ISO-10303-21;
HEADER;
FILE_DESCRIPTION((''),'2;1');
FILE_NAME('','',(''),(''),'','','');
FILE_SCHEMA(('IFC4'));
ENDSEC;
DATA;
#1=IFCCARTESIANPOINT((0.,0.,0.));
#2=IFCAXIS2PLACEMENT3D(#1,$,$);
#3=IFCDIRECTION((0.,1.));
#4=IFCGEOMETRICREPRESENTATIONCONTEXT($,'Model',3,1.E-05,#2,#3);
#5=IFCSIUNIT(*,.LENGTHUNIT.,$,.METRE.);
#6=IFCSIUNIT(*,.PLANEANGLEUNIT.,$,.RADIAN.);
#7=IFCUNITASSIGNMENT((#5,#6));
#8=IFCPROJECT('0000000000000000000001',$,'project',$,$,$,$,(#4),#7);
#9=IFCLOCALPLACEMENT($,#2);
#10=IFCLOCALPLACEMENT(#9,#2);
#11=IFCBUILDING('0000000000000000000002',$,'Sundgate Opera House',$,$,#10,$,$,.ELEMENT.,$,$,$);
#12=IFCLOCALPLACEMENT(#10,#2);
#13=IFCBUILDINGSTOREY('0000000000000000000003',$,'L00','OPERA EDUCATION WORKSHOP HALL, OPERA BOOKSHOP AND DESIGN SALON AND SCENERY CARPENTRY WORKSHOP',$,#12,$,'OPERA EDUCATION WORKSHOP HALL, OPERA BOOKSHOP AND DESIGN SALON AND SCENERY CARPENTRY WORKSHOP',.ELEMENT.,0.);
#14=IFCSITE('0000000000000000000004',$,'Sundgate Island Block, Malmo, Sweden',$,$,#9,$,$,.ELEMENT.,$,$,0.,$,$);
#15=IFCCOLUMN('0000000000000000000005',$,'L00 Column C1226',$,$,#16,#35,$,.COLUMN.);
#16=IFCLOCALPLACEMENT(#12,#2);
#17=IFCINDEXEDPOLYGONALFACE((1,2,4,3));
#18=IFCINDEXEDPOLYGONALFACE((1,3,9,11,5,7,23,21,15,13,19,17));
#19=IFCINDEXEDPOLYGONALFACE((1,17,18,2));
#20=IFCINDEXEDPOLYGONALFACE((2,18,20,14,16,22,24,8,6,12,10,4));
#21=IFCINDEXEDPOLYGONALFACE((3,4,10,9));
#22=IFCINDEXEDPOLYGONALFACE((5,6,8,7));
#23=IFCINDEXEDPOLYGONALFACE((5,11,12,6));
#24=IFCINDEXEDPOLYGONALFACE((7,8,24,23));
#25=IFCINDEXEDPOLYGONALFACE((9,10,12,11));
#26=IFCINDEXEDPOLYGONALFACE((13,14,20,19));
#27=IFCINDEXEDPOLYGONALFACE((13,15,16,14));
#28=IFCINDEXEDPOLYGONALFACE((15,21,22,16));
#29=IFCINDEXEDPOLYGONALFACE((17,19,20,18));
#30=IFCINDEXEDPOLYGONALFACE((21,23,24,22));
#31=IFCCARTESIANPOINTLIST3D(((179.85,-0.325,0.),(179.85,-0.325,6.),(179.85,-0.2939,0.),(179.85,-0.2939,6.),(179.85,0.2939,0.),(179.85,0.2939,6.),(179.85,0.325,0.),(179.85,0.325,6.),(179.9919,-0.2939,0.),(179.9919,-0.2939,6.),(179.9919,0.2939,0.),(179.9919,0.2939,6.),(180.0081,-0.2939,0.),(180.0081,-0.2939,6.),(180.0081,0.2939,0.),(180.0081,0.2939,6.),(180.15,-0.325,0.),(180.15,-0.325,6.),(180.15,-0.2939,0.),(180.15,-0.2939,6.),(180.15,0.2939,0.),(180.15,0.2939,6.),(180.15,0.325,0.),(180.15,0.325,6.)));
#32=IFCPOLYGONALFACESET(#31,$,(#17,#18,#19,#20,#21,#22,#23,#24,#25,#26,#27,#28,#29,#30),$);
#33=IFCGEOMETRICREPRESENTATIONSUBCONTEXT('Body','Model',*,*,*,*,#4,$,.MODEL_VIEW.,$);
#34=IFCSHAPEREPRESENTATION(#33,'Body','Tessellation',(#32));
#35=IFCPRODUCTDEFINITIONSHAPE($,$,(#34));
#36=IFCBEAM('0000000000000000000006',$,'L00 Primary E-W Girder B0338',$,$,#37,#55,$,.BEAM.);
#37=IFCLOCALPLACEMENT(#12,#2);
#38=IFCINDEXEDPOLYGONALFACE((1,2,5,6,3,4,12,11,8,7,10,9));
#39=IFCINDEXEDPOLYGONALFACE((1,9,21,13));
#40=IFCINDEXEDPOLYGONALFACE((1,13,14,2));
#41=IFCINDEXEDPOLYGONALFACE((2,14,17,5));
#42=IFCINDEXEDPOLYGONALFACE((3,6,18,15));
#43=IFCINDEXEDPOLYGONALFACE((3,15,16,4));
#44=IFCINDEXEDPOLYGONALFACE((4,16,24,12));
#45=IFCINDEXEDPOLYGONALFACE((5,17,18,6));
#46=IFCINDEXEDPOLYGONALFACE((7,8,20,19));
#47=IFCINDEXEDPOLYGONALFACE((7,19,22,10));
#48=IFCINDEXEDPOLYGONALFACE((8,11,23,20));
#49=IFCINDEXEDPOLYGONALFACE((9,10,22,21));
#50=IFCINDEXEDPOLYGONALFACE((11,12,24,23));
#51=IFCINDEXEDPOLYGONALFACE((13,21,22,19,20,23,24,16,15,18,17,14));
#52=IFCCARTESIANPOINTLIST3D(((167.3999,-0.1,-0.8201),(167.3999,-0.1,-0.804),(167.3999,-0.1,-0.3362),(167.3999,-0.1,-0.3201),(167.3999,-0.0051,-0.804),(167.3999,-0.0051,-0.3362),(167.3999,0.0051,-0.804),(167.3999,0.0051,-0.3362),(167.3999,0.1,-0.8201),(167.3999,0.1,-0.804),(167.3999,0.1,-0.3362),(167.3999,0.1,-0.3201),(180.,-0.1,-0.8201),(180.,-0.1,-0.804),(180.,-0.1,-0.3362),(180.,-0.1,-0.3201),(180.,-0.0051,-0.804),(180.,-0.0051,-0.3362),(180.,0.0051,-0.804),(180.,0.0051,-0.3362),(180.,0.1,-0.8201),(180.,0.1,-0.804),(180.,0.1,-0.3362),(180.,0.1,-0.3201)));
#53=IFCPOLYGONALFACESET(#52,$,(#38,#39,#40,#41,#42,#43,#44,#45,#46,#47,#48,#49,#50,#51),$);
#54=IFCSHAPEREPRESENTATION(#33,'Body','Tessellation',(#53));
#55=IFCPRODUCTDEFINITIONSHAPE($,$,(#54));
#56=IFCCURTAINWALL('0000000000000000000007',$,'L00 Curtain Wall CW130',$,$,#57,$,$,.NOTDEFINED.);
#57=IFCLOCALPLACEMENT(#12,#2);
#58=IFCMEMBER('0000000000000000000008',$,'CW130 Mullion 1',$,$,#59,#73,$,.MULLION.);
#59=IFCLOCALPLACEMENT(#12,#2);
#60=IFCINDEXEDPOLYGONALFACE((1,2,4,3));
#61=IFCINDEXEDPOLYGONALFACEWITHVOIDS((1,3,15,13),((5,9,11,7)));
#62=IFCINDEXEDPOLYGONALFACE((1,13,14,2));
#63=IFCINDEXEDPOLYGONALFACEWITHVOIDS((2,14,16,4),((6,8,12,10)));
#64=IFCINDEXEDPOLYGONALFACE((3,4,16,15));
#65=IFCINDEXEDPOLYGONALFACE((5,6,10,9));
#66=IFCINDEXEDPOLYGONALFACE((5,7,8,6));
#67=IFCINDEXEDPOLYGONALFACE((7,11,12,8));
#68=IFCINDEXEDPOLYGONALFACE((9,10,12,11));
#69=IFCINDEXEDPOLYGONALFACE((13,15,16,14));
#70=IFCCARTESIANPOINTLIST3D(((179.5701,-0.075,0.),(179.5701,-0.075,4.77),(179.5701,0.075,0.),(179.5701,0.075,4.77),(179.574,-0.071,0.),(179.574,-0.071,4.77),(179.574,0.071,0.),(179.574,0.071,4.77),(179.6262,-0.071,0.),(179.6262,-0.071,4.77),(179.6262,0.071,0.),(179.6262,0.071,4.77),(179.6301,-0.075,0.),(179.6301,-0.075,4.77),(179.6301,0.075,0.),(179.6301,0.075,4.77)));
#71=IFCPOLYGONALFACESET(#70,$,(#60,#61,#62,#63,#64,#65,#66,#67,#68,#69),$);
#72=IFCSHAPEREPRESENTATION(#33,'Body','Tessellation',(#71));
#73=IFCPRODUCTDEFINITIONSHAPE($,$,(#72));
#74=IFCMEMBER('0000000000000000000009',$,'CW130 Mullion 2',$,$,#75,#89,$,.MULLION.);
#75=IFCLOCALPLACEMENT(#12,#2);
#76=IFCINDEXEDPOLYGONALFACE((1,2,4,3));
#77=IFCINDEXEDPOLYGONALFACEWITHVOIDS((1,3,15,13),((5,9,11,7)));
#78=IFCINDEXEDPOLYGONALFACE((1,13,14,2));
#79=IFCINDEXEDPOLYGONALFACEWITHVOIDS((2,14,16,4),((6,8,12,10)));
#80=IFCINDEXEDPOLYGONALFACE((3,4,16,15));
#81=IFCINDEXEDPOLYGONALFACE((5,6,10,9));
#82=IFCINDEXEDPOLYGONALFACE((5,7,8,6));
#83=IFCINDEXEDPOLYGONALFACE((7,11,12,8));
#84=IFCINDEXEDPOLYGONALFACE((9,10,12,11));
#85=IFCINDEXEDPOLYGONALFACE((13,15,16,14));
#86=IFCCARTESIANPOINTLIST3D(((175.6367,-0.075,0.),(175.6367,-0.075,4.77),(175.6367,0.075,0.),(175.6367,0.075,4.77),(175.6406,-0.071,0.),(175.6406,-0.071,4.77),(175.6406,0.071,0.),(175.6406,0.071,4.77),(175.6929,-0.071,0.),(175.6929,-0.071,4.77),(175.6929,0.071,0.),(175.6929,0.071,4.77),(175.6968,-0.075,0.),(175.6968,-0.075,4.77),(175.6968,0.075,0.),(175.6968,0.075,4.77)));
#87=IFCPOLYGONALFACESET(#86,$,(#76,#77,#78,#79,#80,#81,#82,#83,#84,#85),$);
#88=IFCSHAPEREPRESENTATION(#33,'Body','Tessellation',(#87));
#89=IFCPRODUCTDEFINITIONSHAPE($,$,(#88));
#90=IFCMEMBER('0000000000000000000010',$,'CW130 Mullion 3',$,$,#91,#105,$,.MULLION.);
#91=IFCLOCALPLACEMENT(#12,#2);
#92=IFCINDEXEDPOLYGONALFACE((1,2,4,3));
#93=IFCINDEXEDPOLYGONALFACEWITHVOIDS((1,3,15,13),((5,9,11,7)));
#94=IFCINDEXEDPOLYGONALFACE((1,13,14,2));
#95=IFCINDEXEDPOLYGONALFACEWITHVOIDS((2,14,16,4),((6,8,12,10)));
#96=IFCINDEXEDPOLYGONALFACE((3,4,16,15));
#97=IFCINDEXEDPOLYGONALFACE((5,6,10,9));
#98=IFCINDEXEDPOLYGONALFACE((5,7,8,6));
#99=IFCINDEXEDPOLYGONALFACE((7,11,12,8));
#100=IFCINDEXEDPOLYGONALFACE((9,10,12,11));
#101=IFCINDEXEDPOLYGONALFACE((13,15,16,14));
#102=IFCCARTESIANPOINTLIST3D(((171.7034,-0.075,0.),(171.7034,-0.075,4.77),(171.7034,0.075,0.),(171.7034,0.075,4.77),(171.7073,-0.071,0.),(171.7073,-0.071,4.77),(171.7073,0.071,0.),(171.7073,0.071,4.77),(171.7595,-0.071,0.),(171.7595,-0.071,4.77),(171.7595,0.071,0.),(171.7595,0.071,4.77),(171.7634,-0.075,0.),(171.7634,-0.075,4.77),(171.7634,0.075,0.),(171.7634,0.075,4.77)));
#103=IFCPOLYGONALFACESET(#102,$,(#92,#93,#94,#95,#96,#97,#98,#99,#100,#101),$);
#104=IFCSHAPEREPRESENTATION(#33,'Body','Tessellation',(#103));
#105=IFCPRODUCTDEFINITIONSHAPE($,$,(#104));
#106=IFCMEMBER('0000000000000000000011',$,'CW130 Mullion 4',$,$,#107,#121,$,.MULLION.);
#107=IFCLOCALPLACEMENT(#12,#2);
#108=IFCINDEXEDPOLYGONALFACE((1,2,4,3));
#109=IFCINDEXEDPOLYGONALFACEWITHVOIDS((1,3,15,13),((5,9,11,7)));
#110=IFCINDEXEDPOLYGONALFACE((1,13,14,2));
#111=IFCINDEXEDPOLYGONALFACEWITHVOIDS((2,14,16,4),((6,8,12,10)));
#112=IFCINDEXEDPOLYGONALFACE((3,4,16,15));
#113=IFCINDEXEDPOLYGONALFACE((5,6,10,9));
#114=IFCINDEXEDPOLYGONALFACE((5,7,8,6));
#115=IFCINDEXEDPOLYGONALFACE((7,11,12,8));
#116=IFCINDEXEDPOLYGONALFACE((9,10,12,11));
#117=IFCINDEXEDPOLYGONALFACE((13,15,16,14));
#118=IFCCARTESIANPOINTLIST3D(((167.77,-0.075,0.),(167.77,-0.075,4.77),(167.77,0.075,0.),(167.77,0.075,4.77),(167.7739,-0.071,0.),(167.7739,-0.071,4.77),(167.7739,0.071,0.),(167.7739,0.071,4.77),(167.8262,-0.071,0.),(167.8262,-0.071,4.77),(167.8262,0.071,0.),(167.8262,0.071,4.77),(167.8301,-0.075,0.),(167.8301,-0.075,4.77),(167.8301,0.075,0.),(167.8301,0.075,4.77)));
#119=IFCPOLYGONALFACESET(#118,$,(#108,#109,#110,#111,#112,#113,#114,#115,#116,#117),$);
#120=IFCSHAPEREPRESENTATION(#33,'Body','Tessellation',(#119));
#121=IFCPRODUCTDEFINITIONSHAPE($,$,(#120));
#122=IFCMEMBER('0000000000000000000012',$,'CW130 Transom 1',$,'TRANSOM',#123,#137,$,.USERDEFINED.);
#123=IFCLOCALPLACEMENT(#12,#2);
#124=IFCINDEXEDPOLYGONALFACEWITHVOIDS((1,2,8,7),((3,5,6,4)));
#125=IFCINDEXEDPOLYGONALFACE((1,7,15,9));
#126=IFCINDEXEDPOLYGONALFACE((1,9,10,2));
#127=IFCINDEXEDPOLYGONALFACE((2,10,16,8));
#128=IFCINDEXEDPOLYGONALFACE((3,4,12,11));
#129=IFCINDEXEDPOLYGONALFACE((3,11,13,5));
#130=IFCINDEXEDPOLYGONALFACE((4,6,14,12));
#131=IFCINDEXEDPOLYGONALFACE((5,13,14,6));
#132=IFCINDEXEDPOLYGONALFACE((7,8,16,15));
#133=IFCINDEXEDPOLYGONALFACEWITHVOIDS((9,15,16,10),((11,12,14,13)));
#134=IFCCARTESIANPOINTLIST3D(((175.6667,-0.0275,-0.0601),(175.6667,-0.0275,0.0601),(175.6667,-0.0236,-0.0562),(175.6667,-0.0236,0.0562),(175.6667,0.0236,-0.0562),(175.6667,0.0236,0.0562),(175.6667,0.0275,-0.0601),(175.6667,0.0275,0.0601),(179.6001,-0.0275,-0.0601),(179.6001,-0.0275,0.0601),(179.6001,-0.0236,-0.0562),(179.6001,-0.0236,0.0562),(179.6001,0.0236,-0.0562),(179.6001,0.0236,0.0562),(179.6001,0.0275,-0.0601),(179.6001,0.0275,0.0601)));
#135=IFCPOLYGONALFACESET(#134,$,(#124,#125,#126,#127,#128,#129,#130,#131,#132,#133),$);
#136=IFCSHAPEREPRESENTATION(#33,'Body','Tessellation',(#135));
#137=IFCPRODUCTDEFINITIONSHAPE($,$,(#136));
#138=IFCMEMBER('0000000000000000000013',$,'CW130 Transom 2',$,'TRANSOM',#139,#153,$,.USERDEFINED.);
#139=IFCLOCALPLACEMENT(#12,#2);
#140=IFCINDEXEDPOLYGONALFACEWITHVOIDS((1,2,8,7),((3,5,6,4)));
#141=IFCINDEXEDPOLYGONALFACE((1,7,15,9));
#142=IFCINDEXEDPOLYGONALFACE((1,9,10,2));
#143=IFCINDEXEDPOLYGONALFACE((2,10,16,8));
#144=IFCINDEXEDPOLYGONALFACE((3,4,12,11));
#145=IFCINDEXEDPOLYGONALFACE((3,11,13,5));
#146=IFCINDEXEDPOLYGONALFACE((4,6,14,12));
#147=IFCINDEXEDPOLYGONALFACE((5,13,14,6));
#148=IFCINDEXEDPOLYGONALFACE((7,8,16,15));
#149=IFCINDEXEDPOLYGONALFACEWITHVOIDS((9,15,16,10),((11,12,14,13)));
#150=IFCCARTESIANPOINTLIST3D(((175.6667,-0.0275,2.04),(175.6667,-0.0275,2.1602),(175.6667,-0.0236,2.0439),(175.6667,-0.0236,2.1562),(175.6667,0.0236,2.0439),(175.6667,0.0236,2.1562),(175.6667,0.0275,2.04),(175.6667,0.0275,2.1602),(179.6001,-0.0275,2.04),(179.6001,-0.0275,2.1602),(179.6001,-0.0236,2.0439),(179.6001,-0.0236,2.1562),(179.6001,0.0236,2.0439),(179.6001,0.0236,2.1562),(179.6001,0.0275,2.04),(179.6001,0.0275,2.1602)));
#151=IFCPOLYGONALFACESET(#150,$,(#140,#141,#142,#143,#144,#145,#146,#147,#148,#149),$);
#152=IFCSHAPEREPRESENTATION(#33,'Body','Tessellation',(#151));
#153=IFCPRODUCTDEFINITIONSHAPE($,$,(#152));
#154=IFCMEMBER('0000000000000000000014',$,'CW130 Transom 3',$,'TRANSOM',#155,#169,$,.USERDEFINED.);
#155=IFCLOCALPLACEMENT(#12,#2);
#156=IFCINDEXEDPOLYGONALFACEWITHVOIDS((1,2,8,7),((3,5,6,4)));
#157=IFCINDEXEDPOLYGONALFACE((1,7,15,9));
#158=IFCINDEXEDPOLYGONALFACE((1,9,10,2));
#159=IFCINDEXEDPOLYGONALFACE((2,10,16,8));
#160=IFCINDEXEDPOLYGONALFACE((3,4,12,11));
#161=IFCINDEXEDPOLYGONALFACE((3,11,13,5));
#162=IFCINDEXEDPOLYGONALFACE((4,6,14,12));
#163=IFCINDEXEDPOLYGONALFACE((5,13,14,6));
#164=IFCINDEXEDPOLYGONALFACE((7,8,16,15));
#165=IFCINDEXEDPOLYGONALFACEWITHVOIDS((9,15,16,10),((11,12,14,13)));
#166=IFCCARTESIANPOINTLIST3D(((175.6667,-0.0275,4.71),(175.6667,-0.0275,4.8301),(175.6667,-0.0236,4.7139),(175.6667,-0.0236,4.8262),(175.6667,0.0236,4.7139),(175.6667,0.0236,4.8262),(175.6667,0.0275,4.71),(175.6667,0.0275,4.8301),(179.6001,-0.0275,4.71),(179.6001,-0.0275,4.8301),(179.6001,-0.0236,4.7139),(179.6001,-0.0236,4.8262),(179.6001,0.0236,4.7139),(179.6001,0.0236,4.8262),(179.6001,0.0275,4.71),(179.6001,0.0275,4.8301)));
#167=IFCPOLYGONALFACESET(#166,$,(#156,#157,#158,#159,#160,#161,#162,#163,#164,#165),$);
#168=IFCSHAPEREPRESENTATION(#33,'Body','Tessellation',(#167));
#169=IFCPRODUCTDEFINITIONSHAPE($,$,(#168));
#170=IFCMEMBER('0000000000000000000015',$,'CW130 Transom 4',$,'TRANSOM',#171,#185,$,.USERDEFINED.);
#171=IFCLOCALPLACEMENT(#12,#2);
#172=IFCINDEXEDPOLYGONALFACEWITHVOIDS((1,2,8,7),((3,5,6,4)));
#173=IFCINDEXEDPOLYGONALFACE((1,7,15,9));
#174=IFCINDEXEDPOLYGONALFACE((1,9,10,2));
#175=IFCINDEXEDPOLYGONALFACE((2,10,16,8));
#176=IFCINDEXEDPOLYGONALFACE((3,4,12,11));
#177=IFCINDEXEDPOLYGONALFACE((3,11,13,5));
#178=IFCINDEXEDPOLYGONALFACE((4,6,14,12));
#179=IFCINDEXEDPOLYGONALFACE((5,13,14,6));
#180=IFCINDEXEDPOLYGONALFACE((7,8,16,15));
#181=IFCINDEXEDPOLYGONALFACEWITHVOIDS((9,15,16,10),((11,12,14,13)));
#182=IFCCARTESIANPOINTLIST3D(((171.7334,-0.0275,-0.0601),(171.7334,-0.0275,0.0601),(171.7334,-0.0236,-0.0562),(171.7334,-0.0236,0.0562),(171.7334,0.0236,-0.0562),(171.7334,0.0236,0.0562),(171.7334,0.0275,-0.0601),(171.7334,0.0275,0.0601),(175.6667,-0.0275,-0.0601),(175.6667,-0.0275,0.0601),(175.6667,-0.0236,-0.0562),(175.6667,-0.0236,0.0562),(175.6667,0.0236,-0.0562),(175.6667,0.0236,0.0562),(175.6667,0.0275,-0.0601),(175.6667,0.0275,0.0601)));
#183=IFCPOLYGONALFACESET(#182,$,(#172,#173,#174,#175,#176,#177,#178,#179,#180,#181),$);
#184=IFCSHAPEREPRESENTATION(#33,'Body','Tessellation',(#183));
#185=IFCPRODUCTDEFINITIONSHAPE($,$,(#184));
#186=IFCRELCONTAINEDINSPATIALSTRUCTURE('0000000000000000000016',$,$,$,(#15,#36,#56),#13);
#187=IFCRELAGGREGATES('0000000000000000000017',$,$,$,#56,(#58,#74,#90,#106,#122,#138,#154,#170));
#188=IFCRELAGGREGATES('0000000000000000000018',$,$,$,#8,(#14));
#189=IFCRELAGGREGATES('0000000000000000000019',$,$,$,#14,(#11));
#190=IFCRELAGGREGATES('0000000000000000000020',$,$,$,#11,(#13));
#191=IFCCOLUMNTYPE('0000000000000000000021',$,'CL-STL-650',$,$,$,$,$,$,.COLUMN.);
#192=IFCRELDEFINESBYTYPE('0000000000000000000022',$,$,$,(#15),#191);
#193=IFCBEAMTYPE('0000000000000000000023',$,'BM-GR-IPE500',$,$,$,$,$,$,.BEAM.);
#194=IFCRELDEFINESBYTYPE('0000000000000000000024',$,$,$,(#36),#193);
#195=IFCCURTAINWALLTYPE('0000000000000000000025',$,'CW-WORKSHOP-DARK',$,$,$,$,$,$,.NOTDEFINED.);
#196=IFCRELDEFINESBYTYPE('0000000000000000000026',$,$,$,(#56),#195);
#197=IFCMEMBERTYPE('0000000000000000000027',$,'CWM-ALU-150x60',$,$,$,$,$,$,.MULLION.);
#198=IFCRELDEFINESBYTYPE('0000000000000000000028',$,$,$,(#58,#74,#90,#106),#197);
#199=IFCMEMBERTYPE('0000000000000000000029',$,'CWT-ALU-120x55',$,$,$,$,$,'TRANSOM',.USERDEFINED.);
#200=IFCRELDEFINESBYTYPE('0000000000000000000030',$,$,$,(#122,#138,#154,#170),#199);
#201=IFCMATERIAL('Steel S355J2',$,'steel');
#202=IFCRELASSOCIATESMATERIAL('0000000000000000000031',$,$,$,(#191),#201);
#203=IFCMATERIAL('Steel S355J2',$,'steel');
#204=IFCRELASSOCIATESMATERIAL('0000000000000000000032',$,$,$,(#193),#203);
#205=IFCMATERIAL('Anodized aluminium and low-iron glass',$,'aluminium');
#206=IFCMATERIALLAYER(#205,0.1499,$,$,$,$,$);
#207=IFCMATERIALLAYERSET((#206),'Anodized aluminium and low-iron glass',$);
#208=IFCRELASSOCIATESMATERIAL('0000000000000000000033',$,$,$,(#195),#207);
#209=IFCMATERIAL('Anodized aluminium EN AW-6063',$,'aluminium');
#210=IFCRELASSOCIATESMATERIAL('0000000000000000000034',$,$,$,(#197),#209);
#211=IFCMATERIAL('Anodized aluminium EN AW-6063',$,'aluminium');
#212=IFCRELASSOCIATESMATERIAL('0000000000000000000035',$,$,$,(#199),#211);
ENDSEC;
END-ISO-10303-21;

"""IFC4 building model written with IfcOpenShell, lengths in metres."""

from ifc_helpers import new_model, si_unit, direction, frame, origin, origin_2d, place, context, subcontext, project, spatial, hollow_rectangle, i_section, extrude, material, layer, layer_set, material_profile, profile_set, type_object, element, aggregate, save


model = new_model("IFC4")

# Units and contexts
model_context = context("Model", 3, precision=1e-05, world=origin(), true_north=direction((0.0, 1.0)))
body_context = subcontext(model_context, "Body", "Model", "MODEL_VIEW")
ifc_project = project(units=[si_unit("LENGTHUNIT", "METRE"), si_unit("PLANEANGLEUNIT", "RADIAN")], contexts=[model_context])

# Site, building, storey
site_placement = place(None, origin())
site = spatial("IfcSite", under=ifc_project, at=site_placement, Name="Sundgate Island Block, Malmo, Sweden", CompositionType="ELEMENT", RefElevation=0.0)
building_placement = place(site_placement, origin())
building = spatial("IfcBuilding", under=site, at=building_placement, Name="Sundgate Opera House", CompositionType="ELEMENT")
storey_placement = place(building_placement, origin())
storey = spatial("IfcBuildingStorey", under=building, at=storey_placement, Name="L00", Description="OPERA EDUCATION WORKSHOP HALL, OPERA BOOKSHOP AND DESIGN SALON AND SCENERY CARPENTRY WORKSHOP", LongName="OPERA EDUCATION WORKSHOP HALL, OPERA BOOKSHOP AND DESIGN SALON AND SCENERY CARPENTRY WORKSHOP", CompositionType="ELEMENT", Elevation=0.0)

# Column
ifc_material_1 = material(Name="Steel S355J2", Category="steel")
ifc_material_profile_1 = material_profile(ifc_material_1, i_section(OverallWidth=0.3, OverallDepth=0.6499, WebThickness=0.0161, FlangeThickness=0.031, at=origin_2d()), Name="HEB 650")
ifc_profile_set_1 = profile_set([ifc_material_profile_1], Name="Steel S355J2")
column_type = type_object("IfcColumnType", Name="CL-STL-650", PredefinedType="COLUMN", material=ifc_profile_set_1)
column_placement = place(storey_placement, frame((180.0, 0.0, 0.0), z_axis=(0.0, 0.0, 1.0), x_axis=(1.0, 0.0, 0.0)))
element("IfcColumn", 1, at=column_placement, inside=storey, type_object=column_type, Name="L00 Column C1226", PredefinedType="COLUMN", context=body_context, shape_type="SweptSolid", body=[
    extrude(i_section(OverallWidth=0.3, OverallDepth=0.6499, WebThickness=0.0161, FlangeThickness=0.031, at=origin_2d()), origin(), (0.0, 0.0, 1.0), 6.0),
])

# Beam
ifc_material_2 = material(Name="Steel S355J2", Category="steel")
ifc_material_profile_2 = material_profile(ifc_material_2, i_section(OverallWidth=0.2, OverallDepth=0.5, WebThickness=0.0103, FlangeThickness=0.0161, at=origin_2d()), Name="IPE 500")
ifc_profile_set_2 = profile_set([ifc_material_profile_2], Name="Steel S355J2")
beam_type = type_object("IfcBeamType", Name="BM-GR-IPE500", PredefinedType="BEAM", material=ifc_profile_set_2)
beam_placement = place(storey_placement, frame((167.3999, 0.0, -0.5701), z_axis=(1.0, 0.0, 0.0), x_axis=(0.0, 1.0, 0.0)))
element("IfcBeam", 2, at=beam_placement, inside=storey, type_object=beam_type, Name="L00 Primary E-W Girder B0338", PredefinedType="BEAM", context=body_context, shape_type="SweptSolid", body=[
    extrude(i_section(OverallWidth=0.2, OverallDepth=0.5, WebThickness=0.0103, FlangeThickness=0.0161, at=origin_2d()), origin(), (0.0, 0.0, 1.0), 12.6001),
])

# Curtain wall, members
ifc_material_3 = material(Name="Anodized aluminium and low-iron glass", Category="aluminium")
ifc_layer_1 = layer(ifc_material_3, 0.1499)
ifc_layer_set_1 = layer_set([ifc_layer_1], Name="Anodized aluminium and low-iron glass")
curtain_wall_type = type_object("IfcCurtainWallType", Name="CW-WORKSHOP-DARK", PredefinedType="NOTDEFINED", material=ifc_layer_set_1)
curtain_wall_placement = place(storey_placement, origin())
curtain_wall = element("IfcCurtainWall", 3, at=curtain_wall_placement, inside=storey, type_object=curtain_wall_type, Name="L00 Curtain Wall CW130", PredefinedType="NOTDEFINED")
ifc_material_4 = material(Name="Anodized aluminium EN AW-6063", Category="aluminium")
ifc_material_profile_3 = material_profile(ifc_material_4, hollow_rectangle(XDim=0.0601, YDim=0.1499, WallThickness=0.0039, at=origin_2d()), Name="CWM 150x60x4")
ifc_profile_set_3 = profile_set([ifc_material_profile_3], Name="Anodized aluminium EN AW-6063")
member_type_1 = type_object("IfcMemberType", Name="CWM-ALU-150x60", PredefinedType="MULLION", material=ifc_profile_set_3)
member_1_placement = place(storey_placement, frame((179.6001, 0.0, 0.0), z_axis=(0.0, 0.0, 1.0), x_axis=(1.0, 0.0, 0.0)))
member_1 = element("IfcMember", 4, at=member_1_placement, type_object=member_type_1, Name="CW130 Mullion 1", PredefinedType="MULLION", context=body_context, shape_type="SweptSolid", body=[
    extrude(hollow_rectangle(XDim=0.0601, YDim=0.1499, WallThickness=0.0039, at=origin_2d()), origin(), (0.0, 0.0, 1.0), 4.77),
])
member_2_placement = place(storey_placement, frame((175.6667, 0.0, 0.0), z_axis=(0.0, 0.0, 1.0), x_axis=(1.0, 0.0, 0.0)))
member_2 = element("IfcMember", 5, at=member_2_placement, type_object=member_type_1, Name="CW130 Mullion 2", PredefinedType="MULLION", context=body_context, shape_type="SweptSolid", body=[
    extrude(hollow_rectangle(XDim=0.0601, YDim=0.1499, WallThickness=0.0039, at=origin_2d()), origin(), (0.0, 0.0, 1.0), 4.77),
])
member_3_placement = place(storey_placement, frame((171.7334, 0.0, 0.0), z_axis=(0.0, 0.0, 1.0), x_axis=(1.0, 0.0, 0.0)))
member_3 = element("IfcMember", 6, at=member_3_placement, type_object=member_type_1, Name="CW130 Mullion 3", PredefinedType="MULLION", context=body_context, shape_type="SweptSolid", body=[
    extrude(hollow_rectangle(XDim=0.0601, YDim=0.1499, WallThickness=0.0039, at=origin_2d()), origin(), (0.0, 0.0, 1.0), 4.77),
])
member_4_placement = place(storey_placement, frame((167.8, 0.0, 0.0), z_axis=(0.0, 0.0, 1.0), x_axis=(1.0, 0.0, 0.0)))
member_4 = element("IfcMember", 7, at=member_4_placement, type_object=member_type_1, Name="CW130 Mullion 4", PredefinedType="MULLION", context=body_context, shape_type="SweptSolid", body=[
    extrude(hollow_rectangle(XDim=0.0601, YDim=0.1499, WallThickness=0.0039, at=origin_2d()), origin(), (0.0, 0.0, 1.0), 4.77),
])
ifc_material_5 = material(Name="Anodized aluminium EN AW-6063", Category="aluminium")
ifc_material_profile_4 = material_profile(ifc_material_5, hollow_rectangle(XDim=0.0549, YDim=0.1201, WallThickness=0.0039, at=origin_2d()), Name="CWT 120x55x4")
ifc_profile_set_4 = profile_set([ifc_material_profile_4], Name="Anodized aluminium EN AW-6063")
member_type_2 = type_object("IfcMemberType", Name="CWT-ALU-120x55", ElementType="TRANSOM", PredefinedType="USERDEFINED", material=ifc_profile_set_4)
member_5_placement = place(storey_placement, frame((179.6001, 0.0, 0.0), z_axis=(-1.0, 0.0, 0.0), x_axis=(0.0, -1.0, 0.0)))
member_5 = element("IfcMember", 8, at=member_5_placement, type_object=member_type_2, Name="CW130 Transom 1", ObjectType="TRANSOM", PredefinedType="USERDEFINED", context=body_context, shape_type="SweptSolid", body=[
    extrude(hollow_rectangle(XDim=0.0549, YDim=0.1201, WallThickness=0.0039, at=origin_2d()), origin(), (0.0, 0.0, 1.0), 3.9333),
])
member_6_placement = place(storey_placement, frame((179.6001, 0.0, 2.1001), z_axis=(-1.0, 0.0, 0.0), x_axis=(0.0, -1.0, 0.0)))
member_6 = element("IfcMember", 9, at=member_6_placement, type_object=member_type_2, Name="CW130 Transom 2", ObjectType="TRANSOM", PredefinedType="USERDEFINED", context=body_context, shape_type="SweptSolid", body=[
    extrude(hollow_rectangle(XDim=0.0549, YDim=0.1201, WallThickness=0.0039, at=origin_2d()), origin(), (0.0, 0.0, 1.0), 3.9333),
])
member_7_placement = place(storey_placement, frame((179.6001, 0.0, 4.77), z_axis=(-1.0, 0.0, 0.0), x_axis=(0.0, -1.0, 0.0)))
member_7 = element("IfcMember", 10, at=member_7_placement, type_object=member_type_2, Name="CW130 Transom 3", ObjectType="TRANSOM", PredefinedType="USERDEFINED", context=body_context, shape_type="SweptSolid", body=[
    extrude(hollow_rectangle(XDim=0.0549, YDim=0.1201, WallThickness=0.0039, at=origin_2d()), origin(), (0.0, 0.0, 1.0), 3.9333),
])
member_8_placement = place(storey_placement, frame((175.6667, 0.0, 0.0), z_axis=(-1.0, 0.0, 0.0), x_axis=(0.0, -1.0, 0.0)))
member_8 = element("IfcMember", 11, at=member_8_placement, type_object=member_type_2, Name="CW130 Transom 4", ObjectType="TRANSOM", PredefinedType="USERDEFINED", context=body_context, shape_type="SweptSolid", body=[
    extrude(hollow_rectangle(XDim=0.0549, YDim=0.1201, WallThickness=0.0039, at=origin_2d()), origin(), (0.0, 0.0, 1.0), 3.9333),
])
aggregate(curtain_wall, [member_1, member_2, member_3, member_4, member_5, member_6, member_7, member_8])

save(model, "model.ifc")
